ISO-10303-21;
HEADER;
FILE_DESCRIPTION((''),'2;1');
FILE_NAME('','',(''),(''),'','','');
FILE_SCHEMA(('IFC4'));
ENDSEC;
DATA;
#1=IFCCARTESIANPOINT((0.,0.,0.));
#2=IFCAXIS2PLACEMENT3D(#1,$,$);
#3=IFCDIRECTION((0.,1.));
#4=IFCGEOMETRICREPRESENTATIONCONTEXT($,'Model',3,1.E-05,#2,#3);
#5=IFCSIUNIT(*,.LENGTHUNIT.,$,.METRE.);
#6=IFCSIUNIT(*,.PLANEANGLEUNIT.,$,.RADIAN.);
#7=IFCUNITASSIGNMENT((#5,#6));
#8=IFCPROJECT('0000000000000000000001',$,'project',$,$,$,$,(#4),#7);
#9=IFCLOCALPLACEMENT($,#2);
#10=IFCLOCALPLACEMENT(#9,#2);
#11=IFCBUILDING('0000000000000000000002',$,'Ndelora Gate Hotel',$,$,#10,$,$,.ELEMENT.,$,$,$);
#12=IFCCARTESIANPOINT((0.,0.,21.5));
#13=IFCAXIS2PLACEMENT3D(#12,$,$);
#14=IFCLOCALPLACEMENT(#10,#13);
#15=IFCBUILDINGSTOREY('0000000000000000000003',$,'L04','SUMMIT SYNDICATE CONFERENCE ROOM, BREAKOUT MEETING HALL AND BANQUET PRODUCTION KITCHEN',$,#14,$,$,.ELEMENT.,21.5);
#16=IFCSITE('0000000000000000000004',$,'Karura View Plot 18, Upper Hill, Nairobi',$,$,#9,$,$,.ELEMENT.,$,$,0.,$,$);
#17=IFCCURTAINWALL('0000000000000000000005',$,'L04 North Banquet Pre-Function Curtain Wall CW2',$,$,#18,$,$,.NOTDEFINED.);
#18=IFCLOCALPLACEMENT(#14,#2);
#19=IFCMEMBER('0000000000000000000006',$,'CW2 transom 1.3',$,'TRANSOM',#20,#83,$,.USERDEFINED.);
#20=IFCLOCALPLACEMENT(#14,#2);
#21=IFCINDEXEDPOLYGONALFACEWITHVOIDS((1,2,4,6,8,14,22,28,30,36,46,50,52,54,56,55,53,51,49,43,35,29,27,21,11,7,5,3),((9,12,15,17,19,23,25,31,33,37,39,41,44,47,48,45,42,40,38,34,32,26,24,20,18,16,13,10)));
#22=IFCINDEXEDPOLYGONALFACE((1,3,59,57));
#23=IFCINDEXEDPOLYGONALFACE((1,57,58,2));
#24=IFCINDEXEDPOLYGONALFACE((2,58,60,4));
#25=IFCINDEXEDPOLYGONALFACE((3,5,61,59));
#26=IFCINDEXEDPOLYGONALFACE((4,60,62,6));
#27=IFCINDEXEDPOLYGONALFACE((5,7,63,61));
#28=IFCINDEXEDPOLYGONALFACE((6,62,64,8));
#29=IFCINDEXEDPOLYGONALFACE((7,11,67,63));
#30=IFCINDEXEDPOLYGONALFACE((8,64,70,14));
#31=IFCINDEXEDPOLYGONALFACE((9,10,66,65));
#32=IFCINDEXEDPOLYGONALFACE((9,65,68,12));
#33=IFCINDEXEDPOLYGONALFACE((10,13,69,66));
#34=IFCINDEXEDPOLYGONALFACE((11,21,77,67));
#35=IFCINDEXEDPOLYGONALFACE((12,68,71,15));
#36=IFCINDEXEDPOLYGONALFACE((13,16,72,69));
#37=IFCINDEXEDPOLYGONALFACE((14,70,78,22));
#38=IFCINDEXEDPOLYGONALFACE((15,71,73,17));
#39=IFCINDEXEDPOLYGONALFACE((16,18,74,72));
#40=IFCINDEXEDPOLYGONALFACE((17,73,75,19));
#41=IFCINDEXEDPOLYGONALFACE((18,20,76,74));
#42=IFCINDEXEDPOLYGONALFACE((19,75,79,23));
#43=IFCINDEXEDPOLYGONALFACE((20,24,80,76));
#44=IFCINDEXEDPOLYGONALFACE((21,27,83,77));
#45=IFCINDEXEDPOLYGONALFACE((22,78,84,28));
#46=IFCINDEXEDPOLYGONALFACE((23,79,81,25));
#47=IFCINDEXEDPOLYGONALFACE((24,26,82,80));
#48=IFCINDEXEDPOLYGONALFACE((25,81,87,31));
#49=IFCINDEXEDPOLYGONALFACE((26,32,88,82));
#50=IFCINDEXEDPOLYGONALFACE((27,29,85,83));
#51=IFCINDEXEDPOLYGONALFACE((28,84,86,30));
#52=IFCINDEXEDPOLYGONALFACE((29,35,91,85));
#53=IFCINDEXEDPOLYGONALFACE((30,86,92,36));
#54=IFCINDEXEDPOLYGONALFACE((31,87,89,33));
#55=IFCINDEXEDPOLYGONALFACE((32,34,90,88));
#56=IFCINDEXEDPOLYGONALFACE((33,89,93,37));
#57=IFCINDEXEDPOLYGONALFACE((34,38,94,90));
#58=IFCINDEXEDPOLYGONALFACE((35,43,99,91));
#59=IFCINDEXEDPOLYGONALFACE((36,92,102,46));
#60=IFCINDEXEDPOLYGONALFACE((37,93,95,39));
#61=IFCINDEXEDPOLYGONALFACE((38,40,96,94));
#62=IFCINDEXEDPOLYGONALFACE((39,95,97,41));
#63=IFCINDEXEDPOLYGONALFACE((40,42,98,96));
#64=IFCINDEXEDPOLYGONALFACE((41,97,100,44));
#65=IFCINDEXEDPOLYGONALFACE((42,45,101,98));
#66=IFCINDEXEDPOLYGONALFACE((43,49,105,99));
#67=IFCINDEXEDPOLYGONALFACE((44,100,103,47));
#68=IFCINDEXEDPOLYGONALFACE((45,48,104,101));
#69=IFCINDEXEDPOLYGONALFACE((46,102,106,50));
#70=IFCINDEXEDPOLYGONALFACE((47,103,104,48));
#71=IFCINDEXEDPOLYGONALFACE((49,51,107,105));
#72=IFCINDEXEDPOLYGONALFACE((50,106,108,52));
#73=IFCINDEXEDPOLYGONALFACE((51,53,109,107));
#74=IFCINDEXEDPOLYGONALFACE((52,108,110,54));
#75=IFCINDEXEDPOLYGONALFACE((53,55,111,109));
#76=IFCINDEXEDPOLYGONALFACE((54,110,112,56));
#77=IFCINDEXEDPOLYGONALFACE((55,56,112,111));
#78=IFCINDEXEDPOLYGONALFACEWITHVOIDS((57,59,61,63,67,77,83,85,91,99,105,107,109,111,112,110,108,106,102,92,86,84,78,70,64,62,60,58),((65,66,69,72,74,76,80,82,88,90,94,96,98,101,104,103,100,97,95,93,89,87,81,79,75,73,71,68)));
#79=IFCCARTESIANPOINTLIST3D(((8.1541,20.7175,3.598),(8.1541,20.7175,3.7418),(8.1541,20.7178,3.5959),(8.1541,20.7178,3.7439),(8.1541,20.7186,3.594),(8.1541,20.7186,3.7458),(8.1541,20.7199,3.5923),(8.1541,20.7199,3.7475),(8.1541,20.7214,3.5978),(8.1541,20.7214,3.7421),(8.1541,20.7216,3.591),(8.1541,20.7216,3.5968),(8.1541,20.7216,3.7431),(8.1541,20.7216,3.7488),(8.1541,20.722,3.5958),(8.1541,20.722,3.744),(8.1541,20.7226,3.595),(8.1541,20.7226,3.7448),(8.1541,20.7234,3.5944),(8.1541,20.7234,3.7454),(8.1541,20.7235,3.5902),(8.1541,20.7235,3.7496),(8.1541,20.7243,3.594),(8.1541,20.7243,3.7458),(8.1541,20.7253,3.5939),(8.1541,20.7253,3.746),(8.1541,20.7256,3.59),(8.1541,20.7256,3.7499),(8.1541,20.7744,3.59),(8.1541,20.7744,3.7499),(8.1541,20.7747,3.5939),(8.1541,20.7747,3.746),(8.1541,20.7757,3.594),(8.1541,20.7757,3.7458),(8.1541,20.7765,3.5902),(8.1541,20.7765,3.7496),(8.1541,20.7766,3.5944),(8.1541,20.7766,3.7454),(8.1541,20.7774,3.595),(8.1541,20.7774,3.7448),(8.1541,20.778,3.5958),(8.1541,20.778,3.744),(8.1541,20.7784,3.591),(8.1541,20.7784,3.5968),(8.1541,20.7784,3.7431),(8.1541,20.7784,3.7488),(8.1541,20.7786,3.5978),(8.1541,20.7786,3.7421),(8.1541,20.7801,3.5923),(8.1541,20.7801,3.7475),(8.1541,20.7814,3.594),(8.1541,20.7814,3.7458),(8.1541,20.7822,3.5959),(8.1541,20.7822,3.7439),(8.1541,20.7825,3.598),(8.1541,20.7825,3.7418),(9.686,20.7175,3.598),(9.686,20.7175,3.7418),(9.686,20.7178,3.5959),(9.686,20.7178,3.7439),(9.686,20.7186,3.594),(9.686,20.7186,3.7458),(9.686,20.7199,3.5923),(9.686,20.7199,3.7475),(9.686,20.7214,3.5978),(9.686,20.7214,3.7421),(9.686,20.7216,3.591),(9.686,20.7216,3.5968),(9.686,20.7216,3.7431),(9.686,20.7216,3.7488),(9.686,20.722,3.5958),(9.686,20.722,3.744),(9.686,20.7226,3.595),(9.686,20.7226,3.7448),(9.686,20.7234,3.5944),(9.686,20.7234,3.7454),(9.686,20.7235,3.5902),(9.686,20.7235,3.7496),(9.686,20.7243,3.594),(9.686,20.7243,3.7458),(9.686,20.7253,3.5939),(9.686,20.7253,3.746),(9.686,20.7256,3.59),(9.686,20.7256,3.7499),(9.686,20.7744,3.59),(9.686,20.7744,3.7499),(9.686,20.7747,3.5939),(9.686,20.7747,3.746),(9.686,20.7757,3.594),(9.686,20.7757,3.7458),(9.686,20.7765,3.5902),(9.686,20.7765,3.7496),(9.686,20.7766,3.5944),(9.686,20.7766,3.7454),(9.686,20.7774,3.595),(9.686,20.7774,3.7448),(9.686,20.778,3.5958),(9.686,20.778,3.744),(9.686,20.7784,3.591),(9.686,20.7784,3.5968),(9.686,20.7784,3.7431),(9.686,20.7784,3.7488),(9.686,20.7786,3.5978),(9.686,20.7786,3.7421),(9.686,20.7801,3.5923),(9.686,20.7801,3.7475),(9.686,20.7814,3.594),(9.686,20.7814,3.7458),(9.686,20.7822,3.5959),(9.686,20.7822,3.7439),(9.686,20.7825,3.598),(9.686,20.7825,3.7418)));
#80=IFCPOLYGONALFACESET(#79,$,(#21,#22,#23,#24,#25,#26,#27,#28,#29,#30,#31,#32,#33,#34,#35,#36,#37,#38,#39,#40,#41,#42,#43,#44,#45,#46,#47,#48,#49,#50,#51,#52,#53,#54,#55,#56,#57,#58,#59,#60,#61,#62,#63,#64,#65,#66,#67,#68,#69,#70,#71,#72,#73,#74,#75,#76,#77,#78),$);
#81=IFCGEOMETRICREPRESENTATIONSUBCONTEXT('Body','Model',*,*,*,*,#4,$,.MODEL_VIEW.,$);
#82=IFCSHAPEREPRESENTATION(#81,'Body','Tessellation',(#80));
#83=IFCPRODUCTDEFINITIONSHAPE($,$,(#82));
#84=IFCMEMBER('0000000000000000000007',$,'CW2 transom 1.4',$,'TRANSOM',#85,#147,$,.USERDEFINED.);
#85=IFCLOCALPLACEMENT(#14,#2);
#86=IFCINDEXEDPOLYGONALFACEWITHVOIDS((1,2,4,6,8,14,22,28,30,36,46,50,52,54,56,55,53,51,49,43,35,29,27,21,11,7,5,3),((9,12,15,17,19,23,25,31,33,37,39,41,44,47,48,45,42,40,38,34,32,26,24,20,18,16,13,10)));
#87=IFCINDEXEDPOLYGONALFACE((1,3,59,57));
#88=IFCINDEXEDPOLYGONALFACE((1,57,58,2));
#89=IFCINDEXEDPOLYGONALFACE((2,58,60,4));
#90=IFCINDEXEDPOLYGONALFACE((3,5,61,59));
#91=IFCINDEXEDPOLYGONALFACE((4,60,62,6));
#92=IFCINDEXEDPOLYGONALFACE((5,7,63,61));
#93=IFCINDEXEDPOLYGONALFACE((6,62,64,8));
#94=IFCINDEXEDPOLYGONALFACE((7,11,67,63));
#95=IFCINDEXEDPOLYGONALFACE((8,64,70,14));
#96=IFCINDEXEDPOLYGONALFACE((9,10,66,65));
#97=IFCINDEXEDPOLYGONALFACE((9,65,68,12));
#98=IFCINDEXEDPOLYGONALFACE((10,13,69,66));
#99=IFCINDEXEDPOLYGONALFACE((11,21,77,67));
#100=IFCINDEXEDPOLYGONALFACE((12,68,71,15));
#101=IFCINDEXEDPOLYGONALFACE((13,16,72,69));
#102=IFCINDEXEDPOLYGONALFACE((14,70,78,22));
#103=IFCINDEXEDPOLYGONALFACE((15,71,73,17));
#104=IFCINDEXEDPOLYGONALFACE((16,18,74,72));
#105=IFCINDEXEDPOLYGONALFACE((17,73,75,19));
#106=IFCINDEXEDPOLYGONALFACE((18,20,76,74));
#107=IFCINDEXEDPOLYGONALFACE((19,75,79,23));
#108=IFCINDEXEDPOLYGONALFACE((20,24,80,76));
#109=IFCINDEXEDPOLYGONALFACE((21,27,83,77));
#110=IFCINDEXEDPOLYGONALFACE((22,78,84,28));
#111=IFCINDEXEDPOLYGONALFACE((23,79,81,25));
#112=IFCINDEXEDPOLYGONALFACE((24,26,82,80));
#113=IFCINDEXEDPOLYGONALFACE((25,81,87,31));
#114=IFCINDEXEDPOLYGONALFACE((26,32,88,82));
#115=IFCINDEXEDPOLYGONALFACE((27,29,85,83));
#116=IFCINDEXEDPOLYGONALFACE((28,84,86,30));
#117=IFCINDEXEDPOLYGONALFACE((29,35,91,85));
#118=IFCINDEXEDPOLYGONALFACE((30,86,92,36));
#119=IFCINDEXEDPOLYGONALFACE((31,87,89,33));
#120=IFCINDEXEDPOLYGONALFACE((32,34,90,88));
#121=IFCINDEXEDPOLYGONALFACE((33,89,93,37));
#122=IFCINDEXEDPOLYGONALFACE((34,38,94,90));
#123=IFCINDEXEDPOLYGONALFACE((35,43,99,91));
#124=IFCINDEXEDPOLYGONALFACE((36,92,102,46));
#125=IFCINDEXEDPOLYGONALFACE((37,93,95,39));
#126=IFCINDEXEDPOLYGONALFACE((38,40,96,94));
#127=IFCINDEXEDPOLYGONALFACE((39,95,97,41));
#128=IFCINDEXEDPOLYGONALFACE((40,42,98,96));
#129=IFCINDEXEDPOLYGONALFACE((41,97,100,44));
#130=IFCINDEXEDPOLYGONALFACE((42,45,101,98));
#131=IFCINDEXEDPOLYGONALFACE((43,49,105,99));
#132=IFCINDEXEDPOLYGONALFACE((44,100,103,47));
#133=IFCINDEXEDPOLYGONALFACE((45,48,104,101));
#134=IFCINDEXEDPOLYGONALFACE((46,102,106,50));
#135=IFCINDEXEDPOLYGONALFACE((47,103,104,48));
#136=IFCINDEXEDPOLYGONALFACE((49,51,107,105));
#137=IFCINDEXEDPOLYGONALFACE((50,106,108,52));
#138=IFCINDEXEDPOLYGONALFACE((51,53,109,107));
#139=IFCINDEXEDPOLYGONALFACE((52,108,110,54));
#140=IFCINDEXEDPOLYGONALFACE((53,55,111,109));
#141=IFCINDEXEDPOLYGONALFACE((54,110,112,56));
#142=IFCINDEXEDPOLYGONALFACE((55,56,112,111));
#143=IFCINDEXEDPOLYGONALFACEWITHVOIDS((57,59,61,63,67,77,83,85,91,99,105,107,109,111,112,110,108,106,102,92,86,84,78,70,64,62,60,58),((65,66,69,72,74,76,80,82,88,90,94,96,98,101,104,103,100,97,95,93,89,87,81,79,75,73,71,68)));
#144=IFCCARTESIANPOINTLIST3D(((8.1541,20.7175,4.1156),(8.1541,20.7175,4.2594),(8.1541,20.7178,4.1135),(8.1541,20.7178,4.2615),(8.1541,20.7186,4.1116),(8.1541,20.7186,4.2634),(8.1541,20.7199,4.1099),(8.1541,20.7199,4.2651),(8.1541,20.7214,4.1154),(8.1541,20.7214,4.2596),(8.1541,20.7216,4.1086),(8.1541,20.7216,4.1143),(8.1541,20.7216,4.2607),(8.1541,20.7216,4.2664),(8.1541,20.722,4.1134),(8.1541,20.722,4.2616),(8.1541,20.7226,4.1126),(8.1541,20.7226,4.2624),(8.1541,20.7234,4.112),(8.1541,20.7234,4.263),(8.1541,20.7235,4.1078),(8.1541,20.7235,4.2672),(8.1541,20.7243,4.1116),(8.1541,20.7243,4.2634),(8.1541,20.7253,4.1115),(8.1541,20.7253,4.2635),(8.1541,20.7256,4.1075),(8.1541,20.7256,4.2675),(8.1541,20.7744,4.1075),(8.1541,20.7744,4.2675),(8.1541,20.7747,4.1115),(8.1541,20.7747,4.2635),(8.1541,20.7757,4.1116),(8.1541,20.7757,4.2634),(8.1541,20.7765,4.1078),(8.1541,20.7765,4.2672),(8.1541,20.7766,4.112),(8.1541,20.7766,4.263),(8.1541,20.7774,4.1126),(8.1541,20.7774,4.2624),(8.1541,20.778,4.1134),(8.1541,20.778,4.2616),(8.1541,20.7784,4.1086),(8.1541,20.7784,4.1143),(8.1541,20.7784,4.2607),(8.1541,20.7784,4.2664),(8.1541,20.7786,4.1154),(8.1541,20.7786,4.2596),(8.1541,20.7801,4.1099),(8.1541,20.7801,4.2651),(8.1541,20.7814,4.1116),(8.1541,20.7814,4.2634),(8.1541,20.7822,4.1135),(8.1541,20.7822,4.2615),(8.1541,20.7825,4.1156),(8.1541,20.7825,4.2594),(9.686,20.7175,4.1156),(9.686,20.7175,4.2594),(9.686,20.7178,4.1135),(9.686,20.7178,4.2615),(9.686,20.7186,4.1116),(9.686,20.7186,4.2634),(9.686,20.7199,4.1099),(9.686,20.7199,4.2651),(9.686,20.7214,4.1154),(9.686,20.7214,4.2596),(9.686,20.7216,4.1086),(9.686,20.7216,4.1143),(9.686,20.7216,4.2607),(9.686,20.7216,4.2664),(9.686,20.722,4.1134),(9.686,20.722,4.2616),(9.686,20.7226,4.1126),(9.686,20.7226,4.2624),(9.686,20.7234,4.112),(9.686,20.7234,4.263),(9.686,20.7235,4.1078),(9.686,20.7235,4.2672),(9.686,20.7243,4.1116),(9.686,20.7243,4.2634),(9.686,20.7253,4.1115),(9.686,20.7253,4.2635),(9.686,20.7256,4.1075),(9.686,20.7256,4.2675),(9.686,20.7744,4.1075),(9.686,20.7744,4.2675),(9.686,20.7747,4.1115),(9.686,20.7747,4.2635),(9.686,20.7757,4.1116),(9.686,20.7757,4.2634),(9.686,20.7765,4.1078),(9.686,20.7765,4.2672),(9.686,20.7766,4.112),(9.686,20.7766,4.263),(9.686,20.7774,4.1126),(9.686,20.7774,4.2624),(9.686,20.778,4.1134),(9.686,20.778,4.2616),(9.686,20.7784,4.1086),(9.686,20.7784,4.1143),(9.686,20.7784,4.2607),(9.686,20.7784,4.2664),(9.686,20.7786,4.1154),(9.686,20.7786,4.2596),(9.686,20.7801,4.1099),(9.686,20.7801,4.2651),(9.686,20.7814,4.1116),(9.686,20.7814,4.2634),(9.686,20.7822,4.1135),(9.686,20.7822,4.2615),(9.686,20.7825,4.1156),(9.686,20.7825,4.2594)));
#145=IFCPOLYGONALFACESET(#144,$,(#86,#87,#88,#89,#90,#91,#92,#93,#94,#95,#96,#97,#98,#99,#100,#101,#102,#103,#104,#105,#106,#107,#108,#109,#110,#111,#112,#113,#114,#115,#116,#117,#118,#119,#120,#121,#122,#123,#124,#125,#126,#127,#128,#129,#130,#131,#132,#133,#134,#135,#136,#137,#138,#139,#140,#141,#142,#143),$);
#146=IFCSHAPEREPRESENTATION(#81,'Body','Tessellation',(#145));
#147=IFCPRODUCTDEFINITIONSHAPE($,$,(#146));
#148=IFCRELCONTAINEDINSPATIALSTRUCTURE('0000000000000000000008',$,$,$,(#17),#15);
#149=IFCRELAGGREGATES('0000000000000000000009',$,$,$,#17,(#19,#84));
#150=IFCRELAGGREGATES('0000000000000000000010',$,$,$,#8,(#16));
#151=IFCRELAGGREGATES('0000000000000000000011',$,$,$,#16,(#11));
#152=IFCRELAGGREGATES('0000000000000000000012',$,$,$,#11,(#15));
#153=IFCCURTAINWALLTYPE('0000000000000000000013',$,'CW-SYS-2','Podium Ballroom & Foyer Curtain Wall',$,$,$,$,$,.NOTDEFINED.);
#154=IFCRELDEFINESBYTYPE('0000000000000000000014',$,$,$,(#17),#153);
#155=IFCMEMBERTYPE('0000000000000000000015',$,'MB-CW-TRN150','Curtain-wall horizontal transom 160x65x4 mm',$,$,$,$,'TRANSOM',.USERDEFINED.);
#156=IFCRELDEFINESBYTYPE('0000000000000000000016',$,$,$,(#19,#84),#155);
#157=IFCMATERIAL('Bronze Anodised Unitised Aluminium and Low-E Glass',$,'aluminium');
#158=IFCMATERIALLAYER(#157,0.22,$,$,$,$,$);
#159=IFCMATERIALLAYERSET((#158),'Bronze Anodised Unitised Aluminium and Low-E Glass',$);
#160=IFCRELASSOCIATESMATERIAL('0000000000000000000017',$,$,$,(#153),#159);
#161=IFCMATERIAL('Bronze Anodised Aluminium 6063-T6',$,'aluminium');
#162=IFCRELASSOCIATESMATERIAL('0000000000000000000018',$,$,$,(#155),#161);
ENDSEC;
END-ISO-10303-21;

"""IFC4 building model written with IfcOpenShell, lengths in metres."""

from ifc_helpers import new_model, si_unit, direction, frame, origin, origin_2d, place, context, subcontext, project, spatial, hollow_rectangle, extrude, material, layer, layer_set, material_profile, profile_set, type_object, element, aggregate, save


model = new_model("IFC4")

# Units and contexts
model_context = context("Model", 3, precision=1e-05, world=origin(), true_north=direction((0.0, 1.0)))
body_context = subcontext(model_context, "Body", "Model", "MODEL_VIEW")
ifc_project = project(units=[si_unit("LENGTHUNIT", "METRE"), si_unit("PLANEANGLEUNIT", "RADIAN")], contexts=[model_context])

# Site, building, storey
site_placement = place(None, origin())
site = spatial("IfcSite", under=ifc_project, at=site_placement, Name="Karura View Plot 18, Upper Hill, Nairobi", CompositionType="ELEMENT", RefElevation=0.0)
building_placement = place(site_placement, origin())
building = spatial("IfcBuilding", under=site, at=building_placement, Name="Ndelora Gate Hotel", CompositionType="ELEMENT")
storey_placement = place(building_placement, frame((0.0, 0.0, 21.5)))
storey = spatial("IfcBuildingStorey", under=building, at=storey_placement, Name="L04", Description="SUMMIT SYNDICATE CONFERENCE ROOM, BREAKOUT MEETING HALL AND BANQUET PRODUCTION KITCHEN", CompositionType="ELEMENT", Elevation=21.5)

# Curtain wall, members
ifc_material_1 = material(Name="Bronze Anodised Unitised Aluminium and Low-E Glass", Category="aluminium")
ifc_layer_1 = layer(ifc_material_1, 0.22)
ifc_layer_set_1 = layer_set([ifc_layer_1], Name="Bronze Anodised Unitised Aluminium and Low-E Glass")
curtain_wall_type = type_object("IfcCurtainWallType", Name="CW-SYS-2", Description="Podium Ballroom & Foyer Curtain Wall", PredefinedType="NOTDEFINED", material=ifc_layer_set_1)
curtain_wall_placement = place(storey_placement, origin())
curtain_wall = element("IfcCurtainWall", 1, at=curtain_wall_placement, inside=storey, type_object=curtain_wall_type, Name="L04 North Banquet Pre-Function Curtain Wall CW2", PredefinedType="NOTDEFINED")
ifc_material_2 = material(Name="Bronze Anodised Aluminium 6063-T6", Category="aluminium")
ifc_material_profile_1 = material_profile(ifc_material_2, hollow_rectangle(XDim=0.0649, YDim=0.1599, WallThickness=0.0039, InnerFilletRadius=0.0039, OuterFilletRadius=0.0081, at=origin_2d()), Name="ALU 160x65x4")
ifc_profile_set_1 = profile_set([ifc_material_profile_1], Name="Bronze Anodised Aluminium 6063-T6")
member_type_1 = type_object("IfcMemberType", Name="MB-CW-TRN150", Description="Curtain-wall horizontal transom 160x65x4 mm", ElementType="TRANSOM", PredefinedType="USERDEFINED", material=ifc_profile_set_1)
member_1_placement = place(storey_placement, frame((9.686, 20.75, 3.6699), z_axis=(-1.0, 0.0, 0.0), x_axis=(0.0, -1.0, 0.0)))
member_1 = element("IfcMember", 2, at=member_1_placement, type_object=member_type_1, Name="CW2 transom 1.3", ObjectType="TRANSOM", PredefinedType="USERDEFINED", context=body_context, shape_type="SweptSolid", body=[
    extrude(hollow_rectangle(XDim=0.0649, YDim=0.1599, WallThickness=0.0039, InnerFilletRadius=0.0039, OuterFilletRadius=0.0081, at=origin_2d()), origin(), (0.0, 0.0, 1.0), 1.532),
])
member_2_placement = place(storey_placement, frame((9.686, 20.75, 4.1875), z_axis=(-1.0, 0.0, 0.0), x_axis=(0.0, -1.0, 0.0)))
member_2 = element("IfcMember", 3, at=member_2_placement, type_object=member_type_1, Name="CW2 transom 1.4", ObjectType="TRANSOM", PredefinedType="USERDEFINED", context=body_context, shape_type="SweptSolid", body=[
    extrude(hollow_rectangle(XDim=0.0649, YDim=0.1599, WallThickness=0.0039, InnerFilletRadius=0.0039, OuterFilletRadius=0.0081, at=origin_2d()), origin(), (0.0, 0.0, 1.0), 1.532),
])
aggregate(curtain_wall, [member_1, member_2])

save(model, "model.ifc")
